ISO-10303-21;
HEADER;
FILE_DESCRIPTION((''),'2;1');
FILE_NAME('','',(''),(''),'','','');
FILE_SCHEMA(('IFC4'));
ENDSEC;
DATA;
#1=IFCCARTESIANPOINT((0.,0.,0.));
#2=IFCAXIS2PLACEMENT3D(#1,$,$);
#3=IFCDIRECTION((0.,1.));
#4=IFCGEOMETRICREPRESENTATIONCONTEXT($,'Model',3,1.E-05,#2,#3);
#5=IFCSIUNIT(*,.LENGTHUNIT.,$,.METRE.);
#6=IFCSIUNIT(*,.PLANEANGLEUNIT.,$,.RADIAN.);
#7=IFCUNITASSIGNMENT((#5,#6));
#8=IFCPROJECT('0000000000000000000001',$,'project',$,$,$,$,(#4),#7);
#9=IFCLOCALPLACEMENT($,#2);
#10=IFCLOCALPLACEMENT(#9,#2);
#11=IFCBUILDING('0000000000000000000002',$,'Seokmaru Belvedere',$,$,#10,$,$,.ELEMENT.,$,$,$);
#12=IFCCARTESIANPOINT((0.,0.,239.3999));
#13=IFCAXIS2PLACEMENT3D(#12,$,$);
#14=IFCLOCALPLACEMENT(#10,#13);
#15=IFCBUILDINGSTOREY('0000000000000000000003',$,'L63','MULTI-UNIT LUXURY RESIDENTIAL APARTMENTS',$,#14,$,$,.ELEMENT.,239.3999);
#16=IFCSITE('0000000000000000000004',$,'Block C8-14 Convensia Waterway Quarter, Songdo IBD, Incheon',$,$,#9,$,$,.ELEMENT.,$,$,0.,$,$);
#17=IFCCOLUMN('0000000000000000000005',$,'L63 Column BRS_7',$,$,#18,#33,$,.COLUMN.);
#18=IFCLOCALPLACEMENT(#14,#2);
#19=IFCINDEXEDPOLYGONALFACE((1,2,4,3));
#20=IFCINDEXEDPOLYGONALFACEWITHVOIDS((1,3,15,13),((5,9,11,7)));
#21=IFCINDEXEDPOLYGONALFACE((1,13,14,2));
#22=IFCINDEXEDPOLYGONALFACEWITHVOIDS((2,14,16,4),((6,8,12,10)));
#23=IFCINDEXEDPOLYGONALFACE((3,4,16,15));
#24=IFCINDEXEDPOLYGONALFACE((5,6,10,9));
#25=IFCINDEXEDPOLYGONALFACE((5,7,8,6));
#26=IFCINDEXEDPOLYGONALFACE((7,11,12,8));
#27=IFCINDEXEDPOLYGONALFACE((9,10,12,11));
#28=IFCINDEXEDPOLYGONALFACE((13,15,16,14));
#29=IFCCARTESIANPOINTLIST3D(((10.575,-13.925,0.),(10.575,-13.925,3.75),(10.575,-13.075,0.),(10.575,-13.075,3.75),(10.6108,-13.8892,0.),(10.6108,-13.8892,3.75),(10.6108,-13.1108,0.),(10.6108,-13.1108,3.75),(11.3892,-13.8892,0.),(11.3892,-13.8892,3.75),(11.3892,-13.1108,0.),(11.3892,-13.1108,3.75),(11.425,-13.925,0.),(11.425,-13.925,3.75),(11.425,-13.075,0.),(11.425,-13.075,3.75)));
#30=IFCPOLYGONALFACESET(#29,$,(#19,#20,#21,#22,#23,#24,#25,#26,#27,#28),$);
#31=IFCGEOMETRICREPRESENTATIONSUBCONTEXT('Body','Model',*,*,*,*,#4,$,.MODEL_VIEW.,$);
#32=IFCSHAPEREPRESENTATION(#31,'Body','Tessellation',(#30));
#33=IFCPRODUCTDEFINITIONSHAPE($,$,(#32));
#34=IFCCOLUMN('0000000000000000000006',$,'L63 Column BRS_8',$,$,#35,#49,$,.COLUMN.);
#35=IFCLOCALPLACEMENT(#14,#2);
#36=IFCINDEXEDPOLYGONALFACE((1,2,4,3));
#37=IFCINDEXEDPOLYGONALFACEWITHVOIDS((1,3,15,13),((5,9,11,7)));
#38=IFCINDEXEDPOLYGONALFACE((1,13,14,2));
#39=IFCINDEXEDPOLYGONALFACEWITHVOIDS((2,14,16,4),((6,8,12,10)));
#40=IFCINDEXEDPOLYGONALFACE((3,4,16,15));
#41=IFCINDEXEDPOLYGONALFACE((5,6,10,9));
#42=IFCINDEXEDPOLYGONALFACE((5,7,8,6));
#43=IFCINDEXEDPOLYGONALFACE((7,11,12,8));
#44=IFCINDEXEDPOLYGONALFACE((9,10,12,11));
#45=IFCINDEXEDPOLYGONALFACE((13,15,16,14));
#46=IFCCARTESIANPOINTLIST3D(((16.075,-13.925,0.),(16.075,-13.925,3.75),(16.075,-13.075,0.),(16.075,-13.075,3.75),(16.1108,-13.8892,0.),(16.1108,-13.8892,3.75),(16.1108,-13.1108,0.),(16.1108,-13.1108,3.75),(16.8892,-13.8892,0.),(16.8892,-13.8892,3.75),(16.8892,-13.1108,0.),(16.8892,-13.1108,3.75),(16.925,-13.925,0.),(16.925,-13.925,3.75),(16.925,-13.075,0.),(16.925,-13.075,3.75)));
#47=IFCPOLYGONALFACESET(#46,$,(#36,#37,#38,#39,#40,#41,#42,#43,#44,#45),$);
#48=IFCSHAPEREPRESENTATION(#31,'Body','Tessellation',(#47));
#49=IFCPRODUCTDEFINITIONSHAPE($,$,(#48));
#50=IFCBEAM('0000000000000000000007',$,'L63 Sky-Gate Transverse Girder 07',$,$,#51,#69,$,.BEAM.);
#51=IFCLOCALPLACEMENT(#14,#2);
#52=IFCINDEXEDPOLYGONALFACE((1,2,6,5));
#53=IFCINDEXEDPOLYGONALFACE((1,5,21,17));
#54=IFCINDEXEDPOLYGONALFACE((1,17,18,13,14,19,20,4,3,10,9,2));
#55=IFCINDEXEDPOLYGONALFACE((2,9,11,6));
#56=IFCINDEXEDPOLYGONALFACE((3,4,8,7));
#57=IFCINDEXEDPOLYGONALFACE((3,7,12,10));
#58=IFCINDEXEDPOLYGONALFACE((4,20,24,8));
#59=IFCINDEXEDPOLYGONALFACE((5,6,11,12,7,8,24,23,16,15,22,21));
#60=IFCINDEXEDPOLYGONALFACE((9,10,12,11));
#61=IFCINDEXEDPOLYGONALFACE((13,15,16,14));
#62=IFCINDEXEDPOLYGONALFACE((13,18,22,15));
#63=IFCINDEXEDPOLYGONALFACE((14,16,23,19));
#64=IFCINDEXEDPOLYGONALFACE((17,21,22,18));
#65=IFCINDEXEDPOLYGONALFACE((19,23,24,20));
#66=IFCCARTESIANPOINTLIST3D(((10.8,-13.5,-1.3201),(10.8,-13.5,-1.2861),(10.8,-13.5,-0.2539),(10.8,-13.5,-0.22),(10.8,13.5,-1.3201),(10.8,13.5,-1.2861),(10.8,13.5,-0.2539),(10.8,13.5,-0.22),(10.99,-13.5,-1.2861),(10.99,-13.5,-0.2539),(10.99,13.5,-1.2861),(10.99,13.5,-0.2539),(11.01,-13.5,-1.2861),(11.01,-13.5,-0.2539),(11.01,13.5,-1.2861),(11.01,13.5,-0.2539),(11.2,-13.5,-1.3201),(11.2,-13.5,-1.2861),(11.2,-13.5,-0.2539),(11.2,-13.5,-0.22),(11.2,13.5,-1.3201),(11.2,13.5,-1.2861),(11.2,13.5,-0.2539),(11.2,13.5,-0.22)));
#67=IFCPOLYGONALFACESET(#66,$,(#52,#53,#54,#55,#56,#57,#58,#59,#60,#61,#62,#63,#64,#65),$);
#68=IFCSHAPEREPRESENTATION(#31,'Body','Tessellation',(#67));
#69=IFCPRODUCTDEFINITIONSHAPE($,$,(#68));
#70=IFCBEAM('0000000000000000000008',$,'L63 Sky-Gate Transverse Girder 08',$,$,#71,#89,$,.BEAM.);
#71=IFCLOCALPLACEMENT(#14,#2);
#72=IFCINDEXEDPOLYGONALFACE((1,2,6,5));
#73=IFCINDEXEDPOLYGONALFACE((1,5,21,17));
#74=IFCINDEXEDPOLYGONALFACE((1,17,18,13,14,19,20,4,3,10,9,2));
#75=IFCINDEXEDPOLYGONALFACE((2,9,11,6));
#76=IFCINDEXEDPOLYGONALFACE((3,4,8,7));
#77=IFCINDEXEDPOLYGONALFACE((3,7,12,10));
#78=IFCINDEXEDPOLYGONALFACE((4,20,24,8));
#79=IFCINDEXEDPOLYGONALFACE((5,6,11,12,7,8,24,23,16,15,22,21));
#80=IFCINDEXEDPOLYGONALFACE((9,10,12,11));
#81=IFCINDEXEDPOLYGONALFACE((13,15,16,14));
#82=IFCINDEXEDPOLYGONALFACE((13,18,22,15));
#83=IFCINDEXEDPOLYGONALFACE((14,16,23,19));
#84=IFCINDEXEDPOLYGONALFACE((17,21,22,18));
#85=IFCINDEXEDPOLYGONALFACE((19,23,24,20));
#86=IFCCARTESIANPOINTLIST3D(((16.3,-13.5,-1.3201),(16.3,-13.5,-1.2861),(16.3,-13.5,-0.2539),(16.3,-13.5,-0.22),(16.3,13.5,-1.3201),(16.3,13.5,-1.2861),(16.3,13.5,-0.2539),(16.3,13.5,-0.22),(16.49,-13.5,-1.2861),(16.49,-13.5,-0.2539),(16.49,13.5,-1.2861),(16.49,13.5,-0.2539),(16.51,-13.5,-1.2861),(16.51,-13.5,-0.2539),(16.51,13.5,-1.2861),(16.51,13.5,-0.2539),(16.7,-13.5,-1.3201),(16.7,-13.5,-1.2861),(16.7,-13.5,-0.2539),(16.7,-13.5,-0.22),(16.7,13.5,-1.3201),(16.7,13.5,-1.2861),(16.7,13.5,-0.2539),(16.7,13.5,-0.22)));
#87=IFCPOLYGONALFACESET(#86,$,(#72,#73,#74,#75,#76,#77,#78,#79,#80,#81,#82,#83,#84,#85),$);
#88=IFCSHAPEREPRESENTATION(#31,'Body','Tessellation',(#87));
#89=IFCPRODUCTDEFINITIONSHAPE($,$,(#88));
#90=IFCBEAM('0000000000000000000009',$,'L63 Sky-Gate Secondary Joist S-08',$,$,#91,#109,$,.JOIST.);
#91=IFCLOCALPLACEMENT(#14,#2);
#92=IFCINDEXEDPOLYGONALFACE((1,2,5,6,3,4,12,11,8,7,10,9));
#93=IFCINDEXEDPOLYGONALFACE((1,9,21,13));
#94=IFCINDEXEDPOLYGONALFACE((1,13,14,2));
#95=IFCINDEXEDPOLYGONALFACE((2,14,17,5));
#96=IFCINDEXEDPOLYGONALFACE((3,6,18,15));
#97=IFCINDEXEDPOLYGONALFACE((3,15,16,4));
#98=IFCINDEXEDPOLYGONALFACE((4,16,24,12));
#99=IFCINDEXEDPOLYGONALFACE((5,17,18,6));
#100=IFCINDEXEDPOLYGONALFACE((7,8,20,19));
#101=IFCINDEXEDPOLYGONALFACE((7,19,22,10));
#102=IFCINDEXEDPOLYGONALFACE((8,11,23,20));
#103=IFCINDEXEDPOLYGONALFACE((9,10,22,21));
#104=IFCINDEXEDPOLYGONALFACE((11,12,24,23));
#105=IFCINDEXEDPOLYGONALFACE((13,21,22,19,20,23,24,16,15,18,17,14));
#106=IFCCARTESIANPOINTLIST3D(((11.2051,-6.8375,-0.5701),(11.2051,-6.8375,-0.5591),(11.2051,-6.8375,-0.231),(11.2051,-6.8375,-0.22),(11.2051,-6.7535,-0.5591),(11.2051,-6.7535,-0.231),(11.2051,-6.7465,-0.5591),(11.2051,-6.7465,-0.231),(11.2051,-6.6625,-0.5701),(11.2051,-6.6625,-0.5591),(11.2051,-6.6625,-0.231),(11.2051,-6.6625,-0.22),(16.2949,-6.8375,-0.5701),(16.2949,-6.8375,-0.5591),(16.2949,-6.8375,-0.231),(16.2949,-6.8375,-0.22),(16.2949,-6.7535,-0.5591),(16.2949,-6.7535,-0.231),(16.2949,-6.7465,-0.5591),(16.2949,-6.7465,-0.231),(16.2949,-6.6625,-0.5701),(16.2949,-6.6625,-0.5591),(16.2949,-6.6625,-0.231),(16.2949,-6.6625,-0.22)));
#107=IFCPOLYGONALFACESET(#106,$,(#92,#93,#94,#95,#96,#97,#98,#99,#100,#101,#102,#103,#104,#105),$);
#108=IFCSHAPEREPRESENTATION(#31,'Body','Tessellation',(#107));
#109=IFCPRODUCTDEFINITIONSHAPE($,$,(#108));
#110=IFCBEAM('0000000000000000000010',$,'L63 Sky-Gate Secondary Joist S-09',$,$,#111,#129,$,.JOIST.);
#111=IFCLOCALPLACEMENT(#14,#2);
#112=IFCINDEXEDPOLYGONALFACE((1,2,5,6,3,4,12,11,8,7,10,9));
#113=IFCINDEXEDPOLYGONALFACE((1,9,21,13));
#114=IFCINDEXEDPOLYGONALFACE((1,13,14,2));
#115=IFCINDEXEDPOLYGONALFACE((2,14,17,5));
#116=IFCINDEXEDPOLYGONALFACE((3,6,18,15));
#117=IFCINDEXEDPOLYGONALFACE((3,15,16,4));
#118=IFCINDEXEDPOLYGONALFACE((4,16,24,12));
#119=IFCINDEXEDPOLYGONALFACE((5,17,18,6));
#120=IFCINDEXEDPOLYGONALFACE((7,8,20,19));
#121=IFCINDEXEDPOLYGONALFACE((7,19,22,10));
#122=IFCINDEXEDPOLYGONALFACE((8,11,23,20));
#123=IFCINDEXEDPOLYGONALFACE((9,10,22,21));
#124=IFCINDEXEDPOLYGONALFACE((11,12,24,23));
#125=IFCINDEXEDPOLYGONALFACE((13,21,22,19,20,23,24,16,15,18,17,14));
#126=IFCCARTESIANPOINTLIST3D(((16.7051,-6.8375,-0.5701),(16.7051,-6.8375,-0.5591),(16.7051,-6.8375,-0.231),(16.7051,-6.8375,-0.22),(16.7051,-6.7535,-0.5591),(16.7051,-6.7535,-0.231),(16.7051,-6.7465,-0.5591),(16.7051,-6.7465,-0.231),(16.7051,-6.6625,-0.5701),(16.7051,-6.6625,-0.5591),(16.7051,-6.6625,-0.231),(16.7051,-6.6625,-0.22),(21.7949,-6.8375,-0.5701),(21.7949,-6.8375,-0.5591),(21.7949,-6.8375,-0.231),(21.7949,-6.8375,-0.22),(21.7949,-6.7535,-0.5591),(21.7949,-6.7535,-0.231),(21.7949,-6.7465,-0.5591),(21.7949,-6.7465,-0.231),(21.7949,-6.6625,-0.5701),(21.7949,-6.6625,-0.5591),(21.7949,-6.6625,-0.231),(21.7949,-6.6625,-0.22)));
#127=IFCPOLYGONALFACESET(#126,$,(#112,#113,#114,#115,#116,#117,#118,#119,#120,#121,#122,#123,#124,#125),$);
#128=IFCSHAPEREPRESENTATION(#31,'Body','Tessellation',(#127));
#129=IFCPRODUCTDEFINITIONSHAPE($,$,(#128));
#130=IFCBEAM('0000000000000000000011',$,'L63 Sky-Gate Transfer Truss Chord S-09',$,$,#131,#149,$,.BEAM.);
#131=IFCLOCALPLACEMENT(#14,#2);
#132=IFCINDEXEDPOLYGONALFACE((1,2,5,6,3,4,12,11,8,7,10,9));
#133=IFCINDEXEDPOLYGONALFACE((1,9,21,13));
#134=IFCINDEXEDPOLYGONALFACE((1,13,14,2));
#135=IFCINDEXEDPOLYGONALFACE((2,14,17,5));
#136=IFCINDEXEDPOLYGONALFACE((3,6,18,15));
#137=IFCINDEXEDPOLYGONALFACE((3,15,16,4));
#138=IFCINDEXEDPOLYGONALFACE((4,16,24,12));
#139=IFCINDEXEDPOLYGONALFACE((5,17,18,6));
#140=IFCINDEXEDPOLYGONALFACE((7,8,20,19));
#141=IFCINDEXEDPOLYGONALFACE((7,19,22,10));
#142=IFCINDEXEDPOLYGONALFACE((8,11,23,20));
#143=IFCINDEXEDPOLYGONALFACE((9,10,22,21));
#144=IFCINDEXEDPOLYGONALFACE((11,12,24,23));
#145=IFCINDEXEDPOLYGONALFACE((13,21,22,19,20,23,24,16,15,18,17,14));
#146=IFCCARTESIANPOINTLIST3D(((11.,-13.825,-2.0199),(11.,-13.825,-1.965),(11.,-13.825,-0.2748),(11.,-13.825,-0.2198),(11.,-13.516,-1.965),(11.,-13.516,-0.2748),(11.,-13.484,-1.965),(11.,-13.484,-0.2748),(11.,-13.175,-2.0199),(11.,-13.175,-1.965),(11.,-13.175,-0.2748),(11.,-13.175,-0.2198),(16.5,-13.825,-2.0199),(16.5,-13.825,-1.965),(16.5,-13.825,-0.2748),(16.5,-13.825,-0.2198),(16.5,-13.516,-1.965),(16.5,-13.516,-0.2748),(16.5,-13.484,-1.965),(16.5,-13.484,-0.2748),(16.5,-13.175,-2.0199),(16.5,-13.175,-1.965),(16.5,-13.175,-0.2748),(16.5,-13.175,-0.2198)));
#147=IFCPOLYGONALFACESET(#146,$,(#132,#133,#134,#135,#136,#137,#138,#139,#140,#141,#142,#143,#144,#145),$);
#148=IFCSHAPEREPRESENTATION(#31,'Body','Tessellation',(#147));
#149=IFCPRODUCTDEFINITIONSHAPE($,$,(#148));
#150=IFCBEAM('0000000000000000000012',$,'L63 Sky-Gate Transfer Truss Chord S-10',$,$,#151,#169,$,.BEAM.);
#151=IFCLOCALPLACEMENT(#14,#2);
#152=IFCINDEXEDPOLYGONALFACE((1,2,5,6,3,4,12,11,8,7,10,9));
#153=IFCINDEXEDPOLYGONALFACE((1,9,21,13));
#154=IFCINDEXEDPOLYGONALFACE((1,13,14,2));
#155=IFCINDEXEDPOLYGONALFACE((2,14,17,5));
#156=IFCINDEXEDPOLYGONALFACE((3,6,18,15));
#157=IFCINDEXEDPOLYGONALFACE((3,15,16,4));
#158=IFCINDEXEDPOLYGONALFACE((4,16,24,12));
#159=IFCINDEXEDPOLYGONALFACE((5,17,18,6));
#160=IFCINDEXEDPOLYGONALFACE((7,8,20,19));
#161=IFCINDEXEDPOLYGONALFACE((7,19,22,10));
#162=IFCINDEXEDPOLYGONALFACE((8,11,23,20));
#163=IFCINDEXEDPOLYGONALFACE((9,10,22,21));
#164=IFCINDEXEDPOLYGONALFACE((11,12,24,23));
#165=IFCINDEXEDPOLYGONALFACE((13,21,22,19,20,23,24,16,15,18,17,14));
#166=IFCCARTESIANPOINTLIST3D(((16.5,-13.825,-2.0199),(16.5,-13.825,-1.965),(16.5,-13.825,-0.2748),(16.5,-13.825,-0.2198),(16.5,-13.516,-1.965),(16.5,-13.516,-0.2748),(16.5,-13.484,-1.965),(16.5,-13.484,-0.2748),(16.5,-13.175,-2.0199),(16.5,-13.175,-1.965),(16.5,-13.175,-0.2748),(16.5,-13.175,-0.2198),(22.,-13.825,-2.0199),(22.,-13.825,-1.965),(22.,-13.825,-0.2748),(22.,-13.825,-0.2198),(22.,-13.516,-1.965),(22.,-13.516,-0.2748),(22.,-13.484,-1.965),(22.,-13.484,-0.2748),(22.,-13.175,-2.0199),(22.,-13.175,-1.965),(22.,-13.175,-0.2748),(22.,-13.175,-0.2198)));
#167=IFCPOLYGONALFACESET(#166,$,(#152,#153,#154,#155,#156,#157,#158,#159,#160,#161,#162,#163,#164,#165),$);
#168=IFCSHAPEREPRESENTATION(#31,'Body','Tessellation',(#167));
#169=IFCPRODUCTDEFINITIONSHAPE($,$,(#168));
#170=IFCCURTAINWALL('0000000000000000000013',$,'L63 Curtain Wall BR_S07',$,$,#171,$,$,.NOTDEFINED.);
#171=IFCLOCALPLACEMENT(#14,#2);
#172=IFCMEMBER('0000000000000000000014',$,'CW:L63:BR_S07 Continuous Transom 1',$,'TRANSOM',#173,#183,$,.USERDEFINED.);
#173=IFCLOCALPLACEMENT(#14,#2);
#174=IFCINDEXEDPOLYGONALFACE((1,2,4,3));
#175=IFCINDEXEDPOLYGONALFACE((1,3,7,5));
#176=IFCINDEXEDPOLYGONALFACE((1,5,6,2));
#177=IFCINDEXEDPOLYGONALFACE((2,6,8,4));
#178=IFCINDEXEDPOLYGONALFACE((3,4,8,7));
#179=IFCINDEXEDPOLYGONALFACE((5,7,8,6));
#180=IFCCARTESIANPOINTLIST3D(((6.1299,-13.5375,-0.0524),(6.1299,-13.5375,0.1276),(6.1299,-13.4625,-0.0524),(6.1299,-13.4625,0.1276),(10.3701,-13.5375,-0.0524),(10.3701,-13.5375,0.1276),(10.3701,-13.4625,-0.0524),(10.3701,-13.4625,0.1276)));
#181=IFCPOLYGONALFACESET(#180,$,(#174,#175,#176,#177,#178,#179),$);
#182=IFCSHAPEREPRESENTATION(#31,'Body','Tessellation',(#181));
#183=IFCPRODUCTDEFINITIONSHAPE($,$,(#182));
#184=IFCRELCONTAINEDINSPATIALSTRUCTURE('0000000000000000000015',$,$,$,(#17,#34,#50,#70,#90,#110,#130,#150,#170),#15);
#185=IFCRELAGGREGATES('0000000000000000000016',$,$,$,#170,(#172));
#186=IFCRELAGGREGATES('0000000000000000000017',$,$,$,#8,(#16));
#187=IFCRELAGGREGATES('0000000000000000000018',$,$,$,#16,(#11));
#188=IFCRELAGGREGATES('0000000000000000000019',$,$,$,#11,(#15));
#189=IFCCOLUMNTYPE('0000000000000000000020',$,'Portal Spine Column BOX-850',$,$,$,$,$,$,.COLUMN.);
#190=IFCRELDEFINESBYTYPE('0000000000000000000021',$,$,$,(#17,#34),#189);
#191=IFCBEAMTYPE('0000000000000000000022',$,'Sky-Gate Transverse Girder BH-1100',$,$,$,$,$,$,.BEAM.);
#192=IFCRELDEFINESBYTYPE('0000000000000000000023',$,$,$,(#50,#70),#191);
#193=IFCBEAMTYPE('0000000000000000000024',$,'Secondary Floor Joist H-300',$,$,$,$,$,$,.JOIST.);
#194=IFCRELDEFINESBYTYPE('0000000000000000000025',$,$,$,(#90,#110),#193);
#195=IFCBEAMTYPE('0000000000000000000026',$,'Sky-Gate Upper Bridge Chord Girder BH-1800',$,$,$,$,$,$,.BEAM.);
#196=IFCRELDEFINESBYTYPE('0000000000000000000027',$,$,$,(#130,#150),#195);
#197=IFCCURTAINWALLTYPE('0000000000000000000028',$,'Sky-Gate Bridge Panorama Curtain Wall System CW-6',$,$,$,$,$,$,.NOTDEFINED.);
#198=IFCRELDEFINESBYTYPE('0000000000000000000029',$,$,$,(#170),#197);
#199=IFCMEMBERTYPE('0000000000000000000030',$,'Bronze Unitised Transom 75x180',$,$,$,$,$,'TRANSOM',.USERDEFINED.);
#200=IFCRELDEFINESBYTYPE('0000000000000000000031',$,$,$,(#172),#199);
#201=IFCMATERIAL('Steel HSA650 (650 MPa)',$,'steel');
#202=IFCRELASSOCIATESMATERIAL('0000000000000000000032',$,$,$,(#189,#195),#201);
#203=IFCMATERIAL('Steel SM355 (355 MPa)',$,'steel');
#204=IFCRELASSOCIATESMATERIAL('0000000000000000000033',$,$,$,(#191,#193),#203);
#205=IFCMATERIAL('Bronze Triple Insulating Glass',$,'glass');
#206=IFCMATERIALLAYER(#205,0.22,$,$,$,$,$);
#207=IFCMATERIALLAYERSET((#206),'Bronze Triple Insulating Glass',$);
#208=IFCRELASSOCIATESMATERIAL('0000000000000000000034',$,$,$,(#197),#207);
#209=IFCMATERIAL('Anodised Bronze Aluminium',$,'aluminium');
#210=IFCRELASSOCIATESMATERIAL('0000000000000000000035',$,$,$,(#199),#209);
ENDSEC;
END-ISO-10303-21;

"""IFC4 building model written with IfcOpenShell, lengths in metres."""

from ifc_helpers import new_model, si_unit, direction, frame, origin, origin_2d, place, context, subcontext, project, spatial, rectangle, hollow_rectangle, i_section, extrude, source, transform, mapped, material, layer, layer_set, material_profile, profile_set, type_object, type_shapes, element, aggregate, save


model = new_model("IFC4")

# Units and contexts
model_context = context("Model", 3, precision=1e-05, world=origin(), true_north=direction((0.0, 1.0)))
body_context = subcontext(model_context, "Body", "Model", "MODEL_VIEW")
ifc_project = project(units=[si_unit("LENGTHUNIT", "METRE"), si_unit("PLANEANGLEUNIT", "RADIAN")], contexts=[model_context])

# Site, building, storey
site_placement = place(None, origin())
site = spatial("IfcSite", under=ifc_project, at=site_placement, Name="Block C8-14 Convensia Waterway Quarter, Songdo IBD, Incheon", CompositionType="ELEMENT", RefElevation=0.0)
building_placement = place(site_placement, origin())
building = spatial("IfcBuilding", under=site, at=building_placement, Name="Seokmaru Belvedere", CompositionType="ELEMENT")
storey_placement = place(building_placement, frame((0.0, 0.0, 239.3999)))
storey = spatial("IfcBuildingStorey", under=building, at=storey_placement, Name="L63", Description="MULTI-UNIT LUXURY RESIDENTIAL APARTMENTS", CompositionType="ELEMENT", Elevation=239.3999)

# Columns
ifc_material_1 = material(Name="Steel HSA650 (650 MPa)", Category="steel")
ifc_material_profile_1 = material_profile(ifc_material_1, hollow_rectangle(XDim=0.8501, YDim=0.8501, WallThickness=0.0359, at=origin_2d()), Name="BOX-850x850x36")
ifc_profile_set_1 = profile_set([ifc_material_profile_1], Name="Steel HSA650 (650 MPa)")
column_type = type_object("IfcColumnType", Name="Portal Spine Column BOX-850", PredefinedType="COLUMN", material=ifc_profile_set_1)
shared_shape_1 = source(origin(), body_context, "Body", "SweptSolid", [
    extrude(hollow_rectangle(XDim=0.8501, YDim=0.8501, WallThickness=0.0359, at=origin_2d()), origin(), (0.0, 0.0, 1.0), 3.75),
])
type_shapes(column_type, [shared_shape_1])
for number, where, z_axis, x_axis, name in (
    (1, (11.0, -13.5, 0.0), (0.0, 0.0, 1.0), (1.0, 0.0, 0.0), "L63 Column BRS_7"),
    (2, (16.5, -13.5, 0.0), (0.0, 0.0, 1.0), (1.0, 0.0, 0.0), "L63 Column BRS_8"),
):
    element("IfcColumn", number, at=place(storey_placement, frame(where, z_axis=z_axis, x_axis=x_axis)), inside=storey, type_object=column_type, Name=name, PredefinedType="COLUMN", context=body_context, shape_type="MappedRepresentation", body=[
        mapped(shared_shape_1, transform((0.0, 0.0, 0.0), scale=1.0)),
    ])

# Beams
ifc_material_2 = material(Name="Steel SM355 (355 MPa)", Category="steel")
ifc_material_profile_2 = material_profile(ifc_material_2, i_section(OverallWidth=0.3999, OverallDepth=1.1001, WebThickness=0.02, FlangeThickness=0.0339, at=origin_2d()), Name="BH-1100x400x20x34")
ifc_profile_set_2 = profile_set([ifc_material_profile_2], Name="Steel SM355 (355 MPa)")
beam_type_1 = type_object("IfcBeamType", Name="Sky-Gate Transverse Girder BH-1100", PredefinedType="BEAM", material=ifc_profile_set_2)
shared_shape_2 = source(origin(), body_context, "Body", "SweptSolid", [
    extrude(i_section(OverallWidth=0.3999, OverallDepth=1.1001, WebThickness=0.02, FlangeThickness=0.0339, at=origin_2d()), origin(), (0.0, 0.0, 1.0), 27.0),
])
type_shapes(beam_type_1, [shared_shape_2])
for number, where, z_axis, x_axis, name in (
    (3, (11.0, -13.5, -0.77), (0.0, 1.0, 0.0), (-1.0, 0.0, 0.0), "L63 Sky-Gate Transverse Girder 07"),
    (4, (16.5, -13.5, -0.77), (0.0, 1.0, 0.0), (-1.0, 0.0, 0.0), "L63 Sky-Gate Transverse Girder 08"),
):
    element("IfcBeam", number, at=place(storey_placement, frame(where, z_axis=z_axis, x_axis=x_axis)), inside=storey, type_object=beam_type_1, Name=name, PredefinedType="BEAM", context=body_context, shape_type="MappedRepresentation", body=[
        mapped(shared_shape_2, transform((0.0, 0.0, 0.0), scale=1.0)),
    ])
ifc_material_profile_3 = material_profile(ifc_material_2, i_section(OverallWidth=0.175, OverallDepth=0.3501, WebThickness=0.0071, FlangeThickness=0.011, at=origin_2d()), Name="H-350x175x7x11")
ifc_profile_set_3 = profile_set([ifc_material_profile_3], Name="Steel SM355 (355 MPa)")
beam_type_2 = type_object("IfcBeamType", Name="Secondary Floor Joist H-300", PredefinedType="JOIST", material=ifc_profile_set_3)
shared_shape_3 = source(origin(), body_context, "Body", "SweptSolid", [
    extrude(i_section(OverallWidth=0.175, OverallDepth=0.3501, WebThickness=0.0071, FlangeThickness=0.011, at=origin_2d()), origin(), (0.0, 0.0, 1.0), 5.0898),
])
type_shapes(beam_type_2, [shared_shape_3])
for number, where, z_axis, x_axis, name in (
    (5, (11.2051, -6.75, -0.395), (1.0, 0.0, 0.0), (0.0, 1.0, 0.0), "L63 Sky-Gate Secondary Joist S-08"),
    (6, (16.7051, -6.75, -0.395), (1.0, 0.0, 0.0), (0.0, 1.0, 0.0), "L63 Sky-Gate Secondary Joist S-09"),
):
    element("IfcBeam", number, at=place(storey_placement, frame(where, z_axis=z_axis, x_axis=x_axis)), inside=storey, type_object=beam_type_2, Name=name, PredefinedType="JOIST", context=body_context, shape_type="MappedRepresentation", body=[
        mapped(shared_shape_3, transform((0.0, 0.0, 0.0), scale=1.0)),
    ])
ifc_material_profile_4 = material_profile(ifc_material_1, i_section(OverallWidth=0.6499, OverallDepth=1.8, WebThickness=0.032, FlangeThickness=0.0549, at=origin_2d()), Name="BH-1800x650x32x55")
ifc_profile_set_4 = profile_set([ifc_material_profile_4], Name="Steel HSA650 (650 MPa)")
beam_type_3 = type_object("IfcBeamType", Name="Sky-Gate Upper Bridge Chord Girder BH-1800", PredefinedType="BEAM", material=ifc_profile_set_4)
shared_shape_4 = source(origin(), body_context, "Body", "SweptSolid", [
    extrude(i_section(OverallWidth=0.6499, OverallDepth=1.8, WebThickness=0.032, FlangeThickness=0.0549, at=origin_2d()), origin(), (0.0, 0.0, 1.0), 5.5),
])
type_shapes(beam_type_3, [shared_shape_4])
for number, where, z_axis, x_axis, name in (
    (7, (11.0, -13.5, -1.1199), (1.0, 0.0, 0.0), (0.0, 1.0, 0.0), "L63 Sky-Gate Transfer Truss Chord S-09"),
    (8, (16.5, -13.5, -1.1199), (1.0, 0.0, 0.0), (0.0, 1.0, 0.0), "L63 Sky-Gate Transfer Truss Chord S-10"),
):
    element("IfcBeam", number, at=place(storey_placement, frame(where, z_axis=z_axis, x_axis=x_axis)), inside=storey, type_object=beam_type_3, Name=name, PredefinedType="BEAM", context=body_context, shape_type="MappedRepresentation", body=[
        mapped(shared_shape_4, transform((0.0, 0.0, 0.0), scale=1.0)),
    ])

# Curtain wall, member
ifc_material_3 = material(Name="Bronze Triple Insulating Glass", Category="glass")
ifc_layer_1 = layer(ifc_material_3, 0.22)
ifc_layer_set_1 = layer_set([ifc_layer_1], Name="Bronze Triple Insulating Glass")
curtain_wall_type = type_object("IfcCurtainWallType", Name="Sky-Gate Bridge Panorama Curtain Wall System CW-6", PredefinedType="NOTDEFINED", material=ifc_layer_set_1)
curtain_wall_1_placement = place(storey_placement, origin())
curtain_wall_1 = element("IfcCurtainWall", 9, at=curtain_wall_1_placement, inside=storey, type_object=curtain_wall_type, Name="L63 Curtain Wall BR_S07", PredefinedType="NOTDEFINED")
ifc_material_4 = material(Name="Anodised Bronze Aluminium", Category="aluminium")
ifc_material_profile_5 = material_profile(ifc_material_4, rectangle(XDim=0.075, YDim=0.1799, at=origin_2d()), Name="CW-T-75x180")
ifc_profile_set_5 = profile_set([ifc_material_profile_5], Name="Anodised Bronze Aluminium")
member_type_1 = type_object("IfcMemberType", Name="Bronze Unitised Transom 75x180", ElementType="TRANSOM", PredefinedType="USERDEFINED", material=ifc_profile_set_5)
shared_shape_5 = source(origin(), body_context, "Body", "SweptSolid", [
    extrude(rectangle(XDim=0.075, YDim=0.1799, at=origin_2d()), origin(), (0.0, 0.0, 1.0), 4.2402),
])
type_shapes(member_type_1, [shared_shape_5])
member_1_placement = place(storey_placement, frame((6.1299, -13.5, 0.0376), z_axis=(1.0, 0.0, 0.0), x_axis=(0.0, 1.0, 0.0)))
member_1 = element("IfcMember", 10, at=member_1_placement, type_object=member_type_1, Name="CW:L63:BR_S07 Continuous Transom 1", ObjectType="TRANSOM", PredefinedType="USERDEFINED", context=body_context, shape_type="MappedRepresentation", body=[
    mapped(shared_shape_5, transform((0.0, 0.0, 0.0), scale=1.0)),
])

aggregate(curtain_wall_1, [member_1])

save(model, "model.ifc")
